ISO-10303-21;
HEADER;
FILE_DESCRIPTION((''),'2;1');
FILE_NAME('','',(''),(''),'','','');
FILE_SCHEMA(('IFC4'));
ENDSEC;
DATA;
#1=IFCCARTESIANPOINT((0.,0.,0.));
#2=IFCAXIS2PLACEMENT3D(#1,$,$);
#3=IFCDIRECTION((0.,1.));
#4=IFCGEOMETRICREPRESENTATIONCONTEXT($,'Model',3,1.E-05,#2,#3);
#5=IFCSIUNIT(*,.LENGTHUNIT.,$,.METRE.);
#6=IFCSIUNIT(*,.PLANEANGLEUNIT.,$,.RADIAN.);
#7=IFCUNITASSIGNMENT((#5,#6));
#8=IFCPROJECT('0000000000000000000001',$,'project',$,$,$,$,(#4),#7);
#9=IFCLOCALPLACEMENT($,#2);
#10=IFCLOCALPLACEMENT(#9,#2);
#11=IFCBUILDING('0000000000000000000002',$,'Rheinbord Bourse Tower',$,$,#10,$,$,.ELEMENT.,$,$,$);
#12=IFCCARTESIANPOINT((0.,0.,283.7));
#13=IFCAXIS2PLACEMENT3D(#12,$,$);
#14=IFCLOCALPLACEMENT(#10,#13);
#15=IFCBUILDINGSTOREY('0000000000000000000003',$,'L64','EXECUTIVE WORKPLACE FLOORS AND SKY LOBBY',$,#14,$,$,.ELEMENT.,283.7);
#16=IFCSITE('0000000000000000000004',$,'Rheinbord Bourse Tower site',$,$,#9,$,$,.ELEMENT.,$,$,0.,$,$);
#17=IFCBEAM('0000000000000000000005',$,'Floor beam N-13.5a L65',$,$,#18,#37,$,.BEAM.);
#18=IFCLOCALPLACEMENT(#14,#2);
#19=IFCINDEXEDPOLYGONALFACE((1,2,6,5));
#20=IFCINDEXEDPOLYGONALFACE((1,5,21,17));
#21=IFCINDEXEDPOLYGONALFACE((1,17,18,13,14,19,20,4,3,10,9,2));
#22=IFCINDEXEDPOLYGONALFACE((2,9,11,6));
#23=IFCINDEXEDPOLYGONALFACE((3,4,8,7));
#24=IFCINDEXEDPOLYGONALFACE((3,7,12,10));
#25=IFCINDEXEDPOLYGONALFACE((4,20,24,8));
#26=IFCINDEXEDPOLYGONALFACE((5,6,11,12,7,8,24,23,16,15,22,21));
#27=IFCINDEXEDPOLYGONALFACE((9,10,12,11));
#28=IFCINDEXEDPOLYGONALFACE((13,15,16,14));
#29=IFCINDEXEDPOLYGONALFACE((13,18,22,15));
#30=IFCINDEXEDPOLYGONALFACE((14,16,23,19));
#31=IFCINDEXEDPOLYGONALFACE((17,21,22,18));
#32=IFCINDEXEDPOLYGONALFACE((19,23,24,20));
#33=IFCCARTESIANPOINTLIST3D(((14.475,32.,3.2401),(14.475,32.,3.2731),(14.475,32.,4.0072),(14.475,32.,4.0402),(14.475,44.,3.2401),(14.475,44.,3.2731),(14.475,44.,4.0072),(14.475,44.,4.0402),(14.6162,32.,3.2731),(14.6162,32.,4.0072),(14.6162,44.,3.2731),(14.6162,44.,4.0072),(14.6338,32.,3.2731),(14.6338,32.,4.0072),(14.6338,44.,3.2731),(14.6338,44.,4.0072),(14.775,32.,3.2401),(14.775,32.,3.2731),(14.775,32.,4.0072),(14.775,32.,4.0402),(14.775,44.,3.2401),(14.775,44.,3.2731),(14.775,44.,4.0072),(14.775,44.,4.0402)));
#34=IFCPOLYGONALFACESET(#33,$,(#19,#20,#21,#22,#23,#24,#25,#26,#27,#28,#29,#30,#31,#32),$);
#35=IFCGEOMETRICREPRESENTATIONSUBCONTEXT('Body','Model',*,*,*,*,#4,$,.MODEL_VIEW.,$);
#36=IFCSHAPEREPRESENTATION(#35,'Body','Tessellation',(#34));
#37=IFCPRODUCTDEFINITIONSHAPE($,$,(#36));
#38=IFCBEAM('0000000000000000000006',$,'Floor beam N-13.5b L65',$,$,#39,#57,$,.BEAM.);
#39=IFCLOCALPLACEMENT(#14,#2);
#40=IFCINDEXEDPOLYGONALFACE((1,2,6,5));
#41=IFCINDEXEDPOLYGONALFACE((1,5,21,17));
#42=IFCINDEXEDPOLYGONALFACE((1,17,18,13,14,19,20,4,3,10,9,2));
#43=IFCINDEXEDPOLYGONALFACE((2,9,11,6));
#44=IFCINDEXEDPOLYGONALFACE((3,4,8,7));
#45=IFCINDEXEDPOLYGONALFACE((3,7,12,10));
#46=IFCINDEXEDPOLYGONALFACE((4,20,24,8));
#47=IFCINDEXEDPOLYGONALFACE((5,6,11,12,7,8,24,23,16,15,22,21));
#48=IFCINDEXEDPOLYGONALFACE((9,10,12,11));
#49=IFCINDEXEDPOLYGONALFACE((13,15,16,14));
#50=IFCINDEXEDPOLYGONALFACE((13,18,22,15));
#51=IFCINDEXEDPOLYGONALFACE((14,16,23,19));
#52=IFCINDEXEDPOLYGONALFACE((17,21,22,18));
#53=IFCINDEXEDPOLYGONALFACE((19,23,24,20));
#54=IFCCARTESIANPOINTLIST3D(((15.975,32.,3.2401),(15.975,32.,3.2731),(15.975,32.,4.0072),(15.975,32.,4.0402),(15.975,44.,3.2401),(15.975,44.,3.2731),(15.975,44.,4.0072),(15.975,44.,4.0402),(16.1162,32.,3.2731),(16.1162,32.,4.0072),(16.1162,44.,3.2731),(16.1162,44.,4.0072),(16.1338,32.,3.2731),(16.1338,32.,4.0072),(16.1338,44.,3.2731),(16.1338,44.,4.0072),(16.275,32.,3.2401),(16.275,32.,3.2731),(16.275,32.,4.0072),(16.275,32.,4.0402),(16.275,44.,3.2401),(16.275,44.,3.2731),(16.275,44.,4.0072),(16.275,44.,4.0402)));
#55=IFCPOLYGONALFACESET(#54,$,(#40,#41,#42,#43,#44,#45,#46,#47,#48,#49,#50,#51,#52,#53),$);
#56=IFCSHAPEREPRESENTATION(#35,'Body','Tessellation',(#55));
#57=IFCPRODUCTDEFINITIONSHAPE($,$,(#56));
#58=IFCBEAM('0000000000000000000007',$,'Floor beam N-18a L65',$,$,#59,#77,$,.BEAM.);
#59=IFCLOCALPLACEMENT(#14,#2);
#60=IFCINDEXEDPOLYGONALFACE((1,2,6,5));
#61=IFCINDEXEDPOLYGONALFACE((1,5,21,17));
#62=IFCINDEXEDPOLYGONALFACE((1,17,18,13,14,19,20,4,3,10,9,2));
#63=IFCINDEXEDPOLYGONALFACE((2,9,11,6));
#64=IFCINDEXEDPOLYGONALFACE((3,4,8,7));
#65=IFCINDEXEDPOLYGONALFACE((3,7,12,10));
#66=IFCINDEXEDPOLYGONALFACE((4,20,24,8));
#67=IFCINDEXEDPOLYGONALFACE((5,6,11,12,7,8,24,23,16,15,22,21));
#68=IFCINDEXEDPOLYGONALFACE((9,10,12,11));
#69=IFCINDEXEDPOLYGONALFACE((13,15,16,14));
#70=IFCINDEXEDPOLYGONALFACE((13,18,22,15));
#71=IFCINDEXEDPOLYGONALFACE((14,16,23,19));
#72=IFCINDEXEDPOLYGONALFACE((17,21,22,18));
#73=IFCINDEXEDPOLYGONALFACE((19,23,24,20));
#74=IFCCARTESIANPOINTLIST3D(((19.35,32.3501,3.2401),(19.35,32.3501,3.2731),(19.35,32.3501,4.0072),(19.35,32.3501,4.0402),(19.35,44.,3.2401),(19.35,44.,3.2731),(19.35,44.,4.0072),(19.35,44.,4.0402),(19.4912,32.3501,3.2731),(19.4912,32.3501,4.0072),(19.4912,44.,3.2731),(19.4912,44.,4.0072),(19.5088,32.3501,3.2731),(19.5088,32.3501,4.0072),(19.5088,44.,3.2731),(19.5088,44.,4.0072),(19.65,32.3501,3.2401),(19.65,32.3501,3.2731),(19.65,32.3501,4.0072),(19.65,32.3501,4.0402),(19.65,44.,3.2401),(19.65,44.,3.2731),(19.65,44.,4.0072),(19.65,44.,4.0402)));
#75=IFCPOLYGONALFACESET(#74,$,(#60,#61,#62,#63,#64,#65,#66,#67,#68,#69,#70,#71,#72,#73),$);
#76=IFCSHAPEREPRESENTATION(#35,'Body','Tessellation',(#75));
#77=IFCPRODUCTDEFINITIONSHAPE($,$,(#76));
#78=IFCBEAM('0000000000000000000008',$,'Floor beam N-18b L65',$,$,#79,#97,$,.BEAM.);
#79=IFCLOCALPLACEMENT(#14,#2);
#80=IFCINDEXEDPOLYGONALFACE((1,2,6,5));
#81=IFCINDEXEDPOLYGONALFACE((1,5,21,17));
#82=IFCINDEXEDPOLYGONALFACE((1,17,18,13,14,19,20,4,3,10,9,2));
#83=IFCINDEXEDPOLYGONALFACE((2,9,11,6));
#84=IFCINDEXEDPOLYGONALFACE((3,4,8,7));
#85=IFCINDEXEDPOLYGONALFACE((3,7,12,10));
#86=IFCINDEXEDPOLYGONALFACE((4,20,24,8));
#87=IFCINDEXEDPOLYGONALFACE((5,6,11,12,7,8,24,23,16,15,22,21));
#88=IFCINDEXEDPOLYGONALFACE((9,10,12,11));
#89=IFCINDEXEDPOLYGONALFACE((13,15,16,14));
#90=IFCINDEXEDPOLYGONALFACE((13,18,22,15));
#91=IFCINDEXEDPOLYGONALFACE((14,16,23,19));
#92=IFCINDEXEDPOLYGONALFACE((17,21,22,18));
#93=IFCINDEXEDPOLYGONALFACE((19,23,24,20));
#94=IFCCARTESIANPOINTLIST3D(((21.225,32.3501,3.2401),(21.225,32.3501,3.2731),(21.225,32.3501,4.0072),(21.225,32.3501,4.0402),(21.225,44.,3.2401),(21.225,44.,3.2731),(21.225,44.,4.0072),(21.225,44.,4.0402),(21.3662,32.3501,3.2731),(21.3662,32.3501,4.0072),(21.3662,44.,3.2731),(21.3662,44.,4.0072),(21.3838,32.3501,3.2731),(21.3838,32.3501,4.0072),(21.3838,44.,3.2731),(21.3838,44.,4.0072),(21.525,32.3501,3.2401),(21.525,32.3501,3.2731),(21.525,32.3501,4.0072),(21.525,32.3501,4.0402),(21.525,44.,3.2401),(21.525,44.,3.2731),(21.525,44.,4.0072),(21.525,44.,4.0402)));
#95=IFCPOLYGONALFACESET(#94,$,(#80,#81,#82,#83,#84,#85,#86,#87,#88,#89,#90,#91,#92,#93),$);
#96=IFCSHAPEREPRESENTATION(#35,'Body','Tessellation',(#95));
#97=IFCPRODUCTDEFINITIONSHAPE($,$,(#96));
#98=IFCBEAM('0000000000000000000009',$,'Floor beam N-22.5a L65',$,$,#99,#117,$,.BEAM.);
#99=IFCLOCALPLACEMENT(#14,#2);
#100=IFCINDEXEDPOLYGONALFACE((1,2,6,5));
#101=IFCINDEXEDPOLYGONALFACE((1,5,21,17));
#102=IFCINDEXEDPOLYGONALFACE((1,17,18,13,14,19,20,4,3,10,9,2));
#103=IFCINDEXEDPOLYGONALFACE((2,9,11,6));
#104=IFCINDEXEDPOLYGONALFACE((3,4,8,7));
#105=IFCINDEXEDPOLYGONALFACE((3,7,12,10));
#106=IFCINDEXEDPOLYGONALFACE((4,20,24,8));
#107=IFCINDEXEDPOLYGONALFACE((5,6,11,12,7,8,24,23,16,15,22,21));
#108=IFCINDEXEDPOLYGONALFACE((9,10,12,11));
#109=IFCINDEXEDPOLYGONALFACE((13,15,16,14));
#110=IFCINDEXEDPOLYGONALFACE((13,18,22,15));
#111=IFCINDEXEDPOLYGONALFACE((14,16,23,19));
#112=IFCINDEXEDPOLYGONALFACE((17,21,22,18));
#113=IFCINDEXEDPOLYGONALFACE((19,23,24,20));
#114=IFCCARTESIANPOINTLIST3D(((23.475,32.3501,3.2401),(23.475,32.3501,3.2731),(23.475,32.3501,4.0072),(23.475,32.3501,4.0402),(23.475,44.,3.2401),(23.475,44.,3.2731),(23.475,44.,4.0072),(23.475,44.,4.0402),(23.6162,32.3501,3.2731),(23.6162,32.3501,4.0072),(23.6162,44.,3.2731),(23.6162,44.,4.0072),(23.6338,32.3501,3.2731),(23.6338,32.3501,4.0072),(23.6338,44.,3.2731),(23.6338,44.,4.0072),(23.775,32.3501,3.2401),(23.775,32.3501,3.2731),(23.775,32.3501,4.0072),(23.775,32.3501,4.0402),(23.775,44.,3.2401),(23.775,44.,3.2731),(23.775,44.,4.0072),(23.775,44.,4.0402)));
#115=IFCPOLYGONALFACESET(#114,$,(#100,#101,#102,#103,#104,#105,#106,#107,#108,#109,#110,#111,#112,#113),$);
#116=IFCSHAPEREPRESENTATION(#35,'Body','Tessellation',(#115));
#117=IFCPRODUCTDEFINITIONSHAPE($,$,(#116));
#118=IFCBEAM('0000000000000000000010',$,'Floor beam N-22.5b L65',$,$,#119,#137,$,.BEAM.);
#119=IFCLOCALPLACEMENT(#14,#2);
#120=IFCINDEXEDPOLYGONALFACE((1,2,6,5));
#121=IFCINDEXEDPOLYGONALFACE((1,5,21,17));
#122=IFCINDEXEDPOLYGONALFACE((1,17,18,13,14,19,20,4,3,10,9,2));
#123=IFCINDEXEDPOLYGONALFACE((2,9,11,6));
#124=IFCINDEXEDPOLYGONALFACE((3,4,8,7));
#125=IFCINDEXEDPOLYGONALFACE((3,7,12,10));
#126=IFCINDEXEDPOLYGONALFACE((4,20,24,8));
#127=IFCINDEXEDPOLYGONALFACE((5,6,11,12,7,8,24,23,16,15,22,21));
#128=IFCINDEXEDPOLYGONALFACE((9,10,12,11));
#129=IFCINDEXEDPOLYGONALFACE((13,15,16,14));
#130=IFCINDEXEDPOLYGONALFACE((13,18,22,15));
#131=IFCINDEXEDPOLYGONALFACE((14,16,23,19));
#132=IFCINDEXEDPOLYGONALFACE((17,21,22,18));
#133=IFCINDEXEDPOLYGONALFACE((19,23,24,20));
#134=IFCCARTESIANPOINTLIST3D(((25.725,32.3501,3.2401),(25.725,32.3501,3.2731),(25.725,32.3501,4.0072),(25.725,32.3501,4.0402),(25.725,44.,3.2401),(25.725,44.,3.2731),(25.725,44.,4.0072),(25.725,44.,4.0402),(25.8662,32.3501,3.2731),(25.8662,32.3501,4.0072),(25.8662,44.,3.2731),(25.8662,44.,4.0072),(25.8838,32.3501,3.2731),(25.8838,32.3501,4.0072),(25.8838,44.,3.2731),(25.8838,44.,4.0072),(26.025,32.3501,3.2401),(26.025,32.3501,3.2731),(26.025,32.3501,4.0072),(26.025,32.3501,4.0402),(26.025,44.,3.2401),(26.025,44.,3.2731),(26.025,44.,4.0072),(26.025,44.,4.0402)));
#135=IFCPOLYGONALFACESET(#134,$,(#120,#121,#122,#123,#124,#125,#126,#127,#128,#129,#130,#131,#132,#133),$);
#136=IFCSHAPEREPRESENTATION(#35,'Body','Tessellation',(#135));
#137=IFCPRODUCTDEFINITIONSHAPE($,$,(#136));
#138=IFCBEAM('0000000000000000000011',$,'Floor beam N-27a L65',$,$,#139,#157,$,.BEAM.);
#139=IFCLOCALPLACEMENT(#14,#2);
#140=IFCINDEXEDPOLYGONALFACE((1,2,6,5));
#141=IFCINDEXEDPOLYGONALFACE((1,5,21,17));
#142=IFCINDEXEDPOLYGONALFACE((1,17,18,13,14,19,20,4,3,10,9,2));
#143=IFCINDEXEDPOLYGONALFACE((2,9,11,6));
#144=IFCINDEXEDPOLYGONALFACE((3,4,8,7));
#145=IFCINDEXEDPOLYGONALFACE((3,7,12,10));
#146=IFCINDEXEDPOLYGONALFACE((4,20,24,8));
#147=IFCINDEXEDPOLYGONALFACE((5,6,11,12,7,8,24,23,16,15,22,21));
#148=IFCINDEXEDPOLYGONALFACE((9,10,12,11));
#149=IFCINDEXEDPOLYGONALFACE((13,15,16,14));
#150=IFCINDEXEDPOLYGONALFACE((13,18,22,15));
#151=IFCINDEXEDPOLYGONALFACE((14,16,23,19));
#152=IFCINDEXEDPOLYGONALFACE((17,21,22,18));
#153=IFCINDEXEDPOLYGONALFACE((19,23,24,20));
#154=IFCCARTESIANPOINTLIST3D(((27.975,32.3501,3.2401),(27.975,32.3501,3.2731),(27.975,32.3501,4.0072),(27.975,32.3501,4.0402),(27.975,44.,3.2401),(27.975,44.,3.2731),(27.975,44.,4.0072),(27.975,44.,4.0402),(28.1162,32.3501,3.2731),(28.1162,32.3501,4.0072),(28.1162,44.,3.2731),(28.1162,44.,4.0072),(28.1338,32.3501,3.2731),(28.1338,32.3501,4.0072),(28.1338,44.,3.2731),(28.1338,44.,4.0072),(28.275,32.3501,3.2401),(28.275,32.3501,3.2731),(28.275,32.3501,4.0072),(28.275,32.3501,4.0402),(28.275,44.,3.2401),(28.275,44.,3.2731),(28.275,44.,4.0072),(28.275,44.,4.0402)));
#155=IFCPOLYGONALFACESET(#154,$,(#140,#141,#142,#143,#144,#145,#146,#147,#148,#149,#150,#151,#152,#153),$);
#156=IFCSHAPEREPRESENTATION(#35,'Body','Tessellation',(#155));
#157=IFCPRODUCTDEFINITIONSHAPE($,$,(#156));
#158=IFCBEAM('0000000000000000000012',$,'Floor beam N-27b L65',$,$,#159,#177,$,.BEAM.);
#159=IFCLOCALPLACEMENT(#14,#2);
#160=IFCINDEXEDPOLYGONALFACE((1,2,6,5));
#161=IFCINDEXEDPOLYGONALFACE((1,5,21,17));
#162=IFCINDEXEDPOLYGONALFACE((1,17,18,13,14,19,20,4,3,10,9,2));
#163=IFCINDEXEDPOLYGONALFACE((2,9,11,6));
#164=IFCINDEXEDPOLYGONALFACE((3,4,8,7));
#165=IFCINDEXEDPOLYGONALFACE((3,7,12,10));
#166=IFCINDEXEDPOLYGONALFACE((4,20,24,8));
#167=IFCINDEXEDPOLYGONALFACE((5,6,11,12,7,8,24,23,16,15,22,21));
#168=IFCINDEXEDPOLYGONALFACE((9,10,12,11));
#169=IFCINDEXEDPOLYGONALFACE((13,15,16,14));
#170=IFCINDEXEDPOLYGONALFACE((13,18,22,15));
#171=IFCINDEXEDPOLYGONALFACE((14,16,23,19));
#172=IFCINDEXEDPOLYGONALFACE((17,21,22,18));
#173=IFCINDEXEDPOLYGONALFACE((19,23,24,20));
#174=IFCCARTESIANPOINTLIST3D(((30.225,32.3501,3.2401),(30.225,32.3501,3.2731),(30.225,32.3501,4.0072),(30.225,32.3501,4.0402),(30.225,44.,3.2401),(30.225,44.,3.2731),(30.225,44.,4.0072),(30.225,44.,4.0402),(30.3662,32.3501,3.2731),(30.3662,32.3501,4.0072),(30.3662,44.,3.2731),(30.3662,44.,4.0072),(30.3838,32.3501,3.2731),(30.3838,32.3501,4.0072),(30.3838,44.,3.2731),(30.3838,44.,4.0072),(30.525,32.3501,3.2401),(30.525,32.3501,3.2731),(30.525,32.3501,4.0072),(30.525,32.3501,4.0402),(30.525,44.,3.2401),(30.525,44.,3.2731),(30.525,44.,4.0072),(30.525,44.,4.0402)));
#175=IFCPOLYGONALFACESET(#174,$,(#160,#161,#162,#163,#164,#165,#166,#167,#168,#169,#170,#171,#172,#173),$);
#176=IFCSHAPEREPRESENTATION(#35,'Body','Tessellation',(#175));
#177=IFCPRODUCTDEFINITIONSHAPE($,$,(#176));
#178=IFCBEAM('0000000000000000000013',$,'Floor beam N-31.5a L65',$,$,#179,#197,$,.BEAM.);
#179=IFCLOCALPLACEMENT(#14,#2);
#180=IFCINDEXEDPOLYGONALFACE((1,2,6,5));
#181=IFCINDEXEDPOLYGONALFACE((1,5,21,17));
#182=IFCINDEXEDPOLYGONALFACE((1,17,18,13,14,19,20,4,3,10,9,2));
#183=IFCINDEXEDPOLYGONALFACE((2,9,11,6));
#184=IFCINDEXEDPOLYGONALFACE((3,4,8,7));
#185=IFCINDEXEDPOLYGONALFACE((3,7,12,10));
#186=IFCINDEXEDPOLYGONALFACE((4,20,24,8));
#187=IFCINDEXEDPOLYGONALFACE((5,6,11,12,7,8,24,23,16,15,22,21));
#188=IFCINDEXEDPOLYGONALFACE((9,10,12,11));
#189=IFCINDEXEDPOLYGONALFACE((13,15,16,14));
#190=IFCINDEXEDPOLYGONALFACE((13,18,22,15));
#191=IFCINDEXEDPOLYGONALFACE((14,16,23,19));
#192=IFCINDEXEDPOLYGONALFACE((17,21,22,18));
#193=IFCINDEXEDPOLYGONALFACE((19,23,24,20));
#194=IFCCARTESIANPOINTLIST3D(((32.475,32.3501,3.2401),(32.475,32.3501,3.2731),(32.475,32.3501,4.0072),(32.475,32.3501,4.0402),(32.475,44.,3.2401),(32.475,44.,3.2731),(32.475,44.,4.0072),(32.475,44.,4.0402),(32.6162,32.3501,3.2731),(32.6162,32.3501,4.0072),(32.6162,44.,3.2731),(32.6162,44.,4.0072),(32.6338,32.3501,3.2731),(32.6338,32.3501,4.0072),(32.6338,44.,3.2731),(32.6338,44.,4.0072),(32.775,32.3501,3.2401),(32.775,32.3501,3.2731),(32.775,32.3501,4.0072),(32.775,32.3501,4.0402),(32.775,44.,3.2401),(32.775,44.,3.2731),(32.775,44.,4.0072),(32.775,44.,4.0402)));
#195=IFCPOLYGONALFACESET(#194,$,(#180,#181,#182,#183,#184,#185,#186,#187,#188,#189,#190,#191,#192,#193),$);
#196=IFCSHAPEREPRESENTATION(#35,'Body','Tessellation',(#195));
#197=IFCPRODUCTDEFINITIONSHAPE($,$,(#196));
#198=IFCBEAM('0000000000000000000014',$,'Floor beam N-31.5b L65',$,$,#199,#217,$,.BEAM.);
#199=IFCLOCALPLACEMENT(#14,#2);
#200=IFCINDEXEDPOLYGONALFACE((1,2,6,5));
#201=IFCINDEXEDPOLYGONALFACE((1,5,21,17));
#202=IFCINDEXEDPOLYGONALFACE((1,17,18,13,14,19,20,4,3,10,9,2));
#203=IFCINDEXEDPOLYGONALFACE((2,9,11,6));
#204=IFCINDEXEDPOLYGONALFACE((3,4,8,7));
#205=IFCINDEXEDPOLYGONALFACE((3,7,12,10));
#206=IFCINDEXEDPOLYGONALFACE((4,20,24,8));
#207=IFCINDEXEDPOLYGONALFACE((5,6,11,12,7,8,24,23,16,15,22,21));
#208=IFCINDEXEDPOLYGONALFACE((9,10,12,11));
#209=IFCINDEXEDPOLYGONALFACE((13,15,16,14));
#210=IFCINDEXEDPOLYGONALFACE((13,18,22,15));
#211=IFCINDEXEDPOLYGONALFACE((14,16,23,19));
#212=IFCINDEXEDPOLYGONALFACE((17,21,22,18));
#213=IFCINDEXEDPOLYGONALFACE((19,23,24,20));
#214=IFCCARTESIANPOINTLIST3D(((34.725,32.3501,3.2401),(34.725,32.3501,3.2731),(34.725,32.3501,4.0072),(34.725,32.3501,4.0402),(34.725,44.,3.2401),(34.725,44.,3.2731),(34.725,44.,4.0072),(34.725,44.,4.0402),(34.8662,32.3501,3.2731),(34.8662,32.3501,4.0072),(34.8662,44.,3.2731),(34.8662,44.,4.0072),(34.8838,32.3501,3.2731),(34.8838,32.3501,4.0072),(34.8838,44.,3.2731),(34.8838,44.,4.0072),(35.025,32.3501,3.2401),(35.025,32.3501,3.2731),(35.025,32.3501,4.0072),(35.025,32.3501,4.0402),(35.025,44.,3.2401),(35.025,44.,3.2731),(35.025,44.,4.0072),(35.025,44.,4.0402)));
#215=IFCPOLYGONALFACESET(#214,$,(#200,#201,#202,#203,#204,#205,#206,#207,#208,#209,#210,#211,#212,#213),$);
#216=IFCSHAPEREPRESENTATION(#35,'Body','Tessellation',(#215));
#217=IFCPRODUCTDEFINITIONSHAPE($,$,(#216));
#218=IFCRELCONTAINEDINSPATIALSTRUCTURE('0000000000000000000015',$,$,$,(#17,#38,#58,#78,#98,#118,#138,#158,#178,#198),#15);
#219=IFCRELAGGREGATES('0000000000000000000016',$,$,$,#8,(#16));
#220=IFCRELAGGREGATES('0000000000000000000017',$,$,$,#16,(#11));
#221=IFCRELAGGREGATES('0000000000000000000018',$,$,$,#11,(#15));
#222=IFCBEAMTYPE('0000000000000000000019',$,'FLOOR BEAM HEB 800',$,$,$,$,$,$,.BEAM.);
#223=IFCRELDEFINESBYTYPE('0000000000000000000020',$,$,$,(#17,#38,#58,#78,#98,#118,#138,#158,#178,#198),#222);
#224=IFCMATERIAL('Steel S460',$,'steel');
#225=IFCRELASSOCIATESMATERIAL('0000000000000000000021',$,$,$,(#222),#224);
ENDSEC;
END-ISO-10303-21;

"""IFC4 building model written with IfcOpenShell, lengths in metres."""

from ifc_helpers import new_model, si_unit, direction, frame, origin, origin_2d, place, context, subcontext, project, spatial, i_section, extrude, material, material_profile, profile_set, type_object, element, save


model = new_model("IFC4")

# Units and contexts
model_context = context("Model", 3, precision=1e-05, world=origin(), true_north=direction((0.0, 1.0)))
body_context = subcontext(model_context, "Body", "Model", "MODEL_VIEW")
ifc_project = project(units=[si_unit("LENGTHUNIT", "METRE"), si_unit("PLANEANGLEUNIT", "RADIAN")], contexts=[model_context])

# Site, building, storey
site_placement = place(None, origin())
site = spatial("IfcSite", under=ifc_project, at=site_placement, Name="Rheinbord Bourse Tower site", CompositionType="ELEMENT", RefElevation=0.0)
building_placement = place(site_placement, origin())
building = spatial("IfcBuilding", under=site, at=building_placement, Name="Rheinbord Bourse Tower", CompositionType="ELEMENT")
storey_placement = place(building_placement, frame((0.0, 0.0, 283.7)))
storey = spatial("IfcBuildingStorey", under=building, at=storey_placement, Name="L64", Description="EXECUTIVE WORKPLACE FLOORS AND SKY LOBBY", CompositionType="ELEMENT", Elevation=283.7)

# Beams
ifc_material_1 = material(Name="Steel S460", Category="steel")
ifc_material_profile_1 = material_profile(ifc_material_1, i_section(OverallWidth=0.3, OverallDepth=0.8, WebThickness=0.0176, FlangeThickness=0.033, at=origin_2d()), Name="HEB 800")
ifc_profile_set_1 = profile_set([ifc_material_profile_1], Name="Steel S460")
beam_type_1 = type_object("IfcBeamType", Name="FLOOR BEAM HEB 800", PredefinedType="BEAM", material=ifc_profile_set_1)
for number, where, z_axis, x_axis, name in (
    (1, (14.625, 44.0, 3.6401), (0.0, -1.0, 0.0), (1.0, 0.0, 0.0), "Floor beam N-13.5a L65"),
    (2, (16.125, 44.0, 3.6401), (0.0, -1.0, 0.0), (1.0, 0.0, 0.0), "Floor beam N-13.5b L65"),
):
    element("IfcBeam", number, at=place(storey_placement, frame(where, z_axis=z_axis, x_axis=x_axis)), inside=storey, type_object=beam_type_1, Name=name, PredefinedType="BEAM", context=body_context, shape_type="SweptSolid", body=[
        extrude(i_section(OverallWidth=0.3, OverallDepth=0.8, WebThickness=0.0176, FlangeThickness=0.033, at=origin_2d()), origin(), (0.0, 0.0, 1.0), 12.0),
    ])
for number, where, z_axis, x_axis, name in (
    (3, (19.5, 44.0, 3.6401), (0.0, -1.0, 0.0), (1.0, 0.0, 0.0), "Floor beam N-18a L65"),
    (4, (21.375, 44.0, 3.6401), (0.0, -1.0, 0.0), (1.0, 0.0, 0.0), "Floor beam N-18b L65"),
    (5, (23.625, 44.0, 3.6401), (0.0, -1.0, 0.0), (1.0, 0.0, 0.0), "Floor beam N-22.5a L65"),
    (6, (25.875, 44.0, 3.6401), (0.0, -1.0, 0.0), (1.0, 0.0, 0.0), "Floor beam N-22.5b L65"),
    (7, (28.125, 44.0, 3.6401), (0.0, -1.0, 0.0), (1.0, 0.0, 0.0), "Floor beam N-27a L65"),
    (8, (30.375, 44.0, 3.6401), (0.0, -1.0, 0.0), (1.0, 0.0, 0.0), "Floor beam N-27b L65"),
    (9, (32.625, 44.0, 3.6401), (0.0, -1.0, 0.0), (1.0, 0.0, 0.0), "Floor beam N-31.5a L65"),
    (10, (34.875, 44.0, 3.6401), (0.0, -1.0, 0.0), (1.0, 0.0, 0.0), "Floor beam N-31.5b L65"),
):
    element("IfcBeam", number, at=place(storey_placement, frame(where, z_axis=z_axis, x_axis=x_axis)), inside=storey, type_object=beam_type_1, Name=name, PredefinedType="BEAM", context=body_context, shape_type="SweptSolid", body=[
        extrude(i_section(OverallWidth=0.3, OverallDepth=0.8, WebThickness=0.0176, FlangeThickness=0.033, at=origin_2d()), origin(), (0.0, 0.0, 1.0), 11.6499),
    ])

save(model, "model.ifc")
